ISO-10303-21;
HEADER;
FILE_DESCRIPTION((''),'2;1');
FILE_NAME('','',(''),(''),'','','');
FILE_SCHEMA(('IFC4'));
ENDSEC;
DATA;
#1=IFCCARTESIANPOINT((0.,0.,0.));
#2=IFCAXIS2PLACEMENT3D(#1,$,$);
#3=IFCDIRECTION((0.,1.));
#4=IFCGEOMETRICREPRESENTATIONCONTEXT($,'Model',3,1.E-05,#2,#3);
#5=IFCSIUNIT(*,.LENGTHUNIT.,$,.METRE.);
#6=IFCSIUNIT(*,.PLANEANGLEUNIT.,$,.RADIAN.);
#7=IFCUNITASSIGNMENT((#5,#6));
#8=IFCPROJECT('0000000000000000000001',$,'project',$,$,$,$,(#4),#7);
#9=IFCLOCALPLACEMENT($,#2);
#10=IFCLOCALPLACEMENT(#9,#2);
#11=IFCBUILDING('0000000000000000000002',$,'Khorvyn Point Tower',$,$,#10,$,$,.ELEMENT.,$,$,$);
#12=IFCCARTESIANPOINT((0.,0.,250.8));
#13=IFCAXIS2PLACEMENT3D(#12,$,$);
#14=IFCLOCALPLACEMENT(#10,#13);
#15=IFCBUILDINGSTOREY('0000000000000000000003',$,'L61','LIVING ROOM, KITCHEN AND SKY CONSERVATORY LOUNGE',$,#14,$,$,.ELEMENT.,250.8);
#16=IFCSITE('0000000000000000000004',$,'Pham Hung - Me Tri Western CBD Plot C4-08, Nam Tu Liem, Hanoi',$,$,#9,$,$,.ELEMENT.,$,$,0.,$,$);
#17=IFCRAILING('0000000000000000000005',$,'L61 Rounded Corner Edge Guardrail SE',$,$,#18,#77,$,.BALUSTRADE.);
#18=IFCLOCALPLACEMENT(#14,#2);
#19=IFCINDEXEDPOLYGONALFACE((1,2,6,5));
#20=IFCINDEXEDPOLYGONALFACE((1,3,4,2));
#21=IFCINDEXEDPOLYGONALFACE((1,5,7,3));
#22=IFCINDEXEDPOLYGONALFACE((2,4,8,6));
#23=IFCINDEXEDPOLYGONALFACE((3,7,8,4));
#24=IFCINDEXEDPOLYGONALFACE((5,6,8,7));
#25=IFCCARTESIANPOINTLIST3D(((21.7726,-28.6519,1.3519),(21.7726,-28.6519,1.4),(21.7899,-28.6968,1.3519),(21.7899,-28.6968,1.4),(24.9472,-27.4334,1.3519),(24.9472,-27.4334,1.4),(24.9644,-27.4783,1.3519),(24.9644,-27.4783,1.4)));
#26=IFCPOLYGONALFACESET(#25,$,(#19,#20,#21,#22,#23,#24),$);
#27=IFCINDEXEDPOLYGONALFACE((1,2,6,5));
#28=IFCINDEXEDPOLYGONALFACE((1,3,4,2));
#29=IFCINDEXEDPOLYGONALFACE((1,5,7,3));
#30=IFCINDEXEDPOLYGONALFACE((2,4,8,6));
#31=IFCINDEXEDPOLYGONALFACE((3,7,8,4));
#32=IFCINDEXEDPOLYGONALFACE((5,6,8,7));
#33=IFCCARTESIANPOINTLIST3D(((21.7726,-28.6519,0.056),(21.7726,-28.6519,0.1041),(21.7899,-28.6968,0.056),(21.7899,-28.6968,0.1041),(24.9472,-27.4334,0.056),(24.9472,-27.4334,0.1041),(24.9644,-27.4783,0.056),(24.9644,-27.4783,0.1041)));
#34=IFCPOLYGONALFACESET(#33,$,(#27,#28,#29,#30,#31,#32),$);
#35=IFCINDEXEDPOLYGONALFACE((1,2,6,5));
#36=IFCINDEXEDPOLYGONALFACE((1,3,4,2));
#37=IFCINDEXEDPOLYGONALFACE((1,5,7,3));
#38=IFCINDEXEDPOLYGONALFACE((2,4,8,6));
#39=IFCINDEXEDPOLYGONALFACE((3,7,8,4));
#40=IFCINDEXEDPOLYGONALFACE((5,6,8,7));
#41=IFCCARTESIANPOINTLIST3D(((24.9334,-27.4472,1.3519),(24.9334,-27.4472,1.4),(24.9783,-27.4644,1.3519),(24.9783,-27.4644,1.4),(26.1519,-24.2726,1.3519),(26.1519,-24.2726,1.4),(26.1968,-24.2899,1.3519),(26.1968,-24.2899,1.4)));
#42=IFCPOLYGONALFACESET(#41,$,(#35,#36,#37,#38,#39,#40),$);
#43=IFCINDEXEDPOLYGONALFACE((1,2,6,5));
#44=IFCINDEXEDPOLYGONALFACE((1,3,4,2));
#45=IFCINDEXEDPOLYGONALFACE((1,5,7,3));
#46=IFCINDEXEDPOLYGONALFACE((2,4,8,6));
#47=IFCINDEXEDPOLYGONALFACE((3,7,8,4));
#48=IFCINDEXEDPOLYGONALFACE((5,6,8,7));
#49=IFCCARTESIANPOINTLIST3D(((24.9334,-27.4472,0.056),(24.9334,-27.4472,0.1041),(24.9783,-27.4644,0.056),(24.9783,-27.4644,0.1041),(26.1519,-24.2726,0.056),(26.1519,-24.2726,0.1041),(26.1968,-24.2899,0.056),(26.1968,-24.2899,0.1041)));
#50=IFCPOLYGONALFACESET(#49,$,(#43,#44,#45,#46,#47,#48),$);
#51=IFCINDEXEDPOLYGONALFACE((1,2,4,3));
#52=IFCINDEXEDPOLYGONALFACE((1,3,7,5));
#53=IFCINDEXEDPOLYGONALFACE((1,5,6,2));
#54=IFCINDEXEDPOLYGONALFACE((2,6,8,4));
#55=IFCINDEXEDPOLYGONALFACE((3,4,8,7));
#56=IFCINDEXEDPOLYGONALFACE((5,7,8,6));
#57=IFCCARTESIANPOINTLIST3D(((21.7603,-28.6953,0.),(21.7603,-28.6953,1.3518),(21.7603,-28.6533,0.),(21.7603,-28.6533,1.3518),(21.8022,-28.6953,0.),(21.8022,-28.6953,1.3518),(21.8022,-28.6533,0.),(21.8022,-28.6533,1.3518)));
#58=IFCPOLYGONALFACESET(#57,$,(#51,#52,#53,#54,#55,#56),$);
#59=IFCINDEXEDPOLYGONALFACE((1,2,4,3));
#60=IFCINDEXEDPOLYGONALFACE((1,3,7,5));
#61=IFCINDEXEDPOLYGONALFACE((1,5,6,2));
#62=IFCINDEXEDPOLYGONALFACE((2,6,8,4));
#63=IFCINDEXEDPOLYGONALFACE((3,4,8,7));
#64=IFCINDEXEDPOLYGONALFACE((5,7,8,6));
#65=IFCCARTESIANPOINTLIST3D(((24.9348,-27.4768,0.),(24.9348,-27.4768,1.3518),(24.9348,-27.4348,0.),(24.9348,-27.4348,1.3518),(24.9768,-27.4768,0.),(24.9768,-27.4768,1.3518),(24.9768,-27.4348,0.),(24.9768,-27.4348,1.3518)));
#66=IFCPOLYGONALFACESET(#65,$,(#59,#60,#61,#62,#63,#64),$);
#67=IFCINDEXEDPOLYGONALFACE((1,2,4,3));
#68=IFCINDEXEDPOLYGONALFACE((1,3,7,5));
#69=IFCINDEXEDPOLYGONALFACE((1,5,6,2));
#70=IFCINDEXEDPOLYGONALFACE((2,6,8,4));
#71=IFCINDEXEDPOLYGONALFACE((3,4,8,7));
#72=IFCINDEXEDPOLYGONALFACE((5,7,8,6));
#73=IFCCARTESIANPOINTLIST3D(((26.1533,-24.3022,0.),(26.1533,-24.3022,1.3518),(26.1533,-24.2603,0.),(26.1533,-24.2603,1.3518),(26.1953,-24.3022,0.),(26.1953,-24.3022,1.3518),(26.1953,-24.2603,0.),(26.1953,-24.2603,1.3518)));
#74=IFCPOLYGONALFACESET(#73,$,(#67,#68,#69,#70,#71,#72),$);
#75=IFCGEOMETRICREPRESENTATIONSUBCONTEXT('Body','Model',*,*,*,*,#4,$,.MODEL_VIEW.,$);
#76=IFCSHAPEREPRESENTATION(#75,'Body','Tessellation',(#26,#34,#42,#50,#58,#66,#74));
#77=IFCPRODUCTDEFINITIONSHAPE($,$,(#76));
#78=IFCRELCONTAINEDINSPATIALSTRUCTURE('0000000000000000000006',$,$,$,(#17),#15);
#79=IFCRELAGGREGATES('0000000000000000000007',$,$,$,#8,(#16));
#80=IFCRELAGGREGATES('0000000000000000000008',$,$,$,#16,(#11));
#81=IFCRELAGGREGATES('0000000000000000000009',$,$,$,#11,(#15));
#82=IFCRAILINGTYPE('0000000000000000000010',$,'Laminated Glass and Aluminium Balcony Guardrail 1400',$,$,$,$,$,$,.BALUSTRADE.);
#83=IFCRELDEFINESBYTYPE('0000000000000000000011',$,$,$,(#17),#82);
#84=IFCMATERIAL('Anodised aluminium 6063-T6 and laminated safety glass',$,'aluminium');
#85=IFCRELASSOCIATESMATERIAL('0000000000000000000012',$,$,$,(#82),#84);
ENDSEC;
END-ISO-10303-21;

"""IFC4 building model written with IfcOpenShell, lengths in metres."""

from ifc_helpers import new_model, si_unit, direction, frame, origin, origin_2d, place, context, subcontext, project, spatial, rectangle, extrude, material, type_object, element, save


model = new_model("IFC4")

# Units and contexts
model_context = context("Model", 3, precision=1e-05, world=origin(), true_north=direction((0.0, 1.0)))
body_context = subcontext(model_context, "Body", "Model", "MODEL_VIEW")
ifc_project = project(units=[si_unit("LENGTHUNIT", "METRE"), si_unit("PLANEANGLEUNIT", "RADIAN")], contexts=[model_context])

# Site, building, storey
site_placement = place(None, origin())
site = spatial("IfcSite", under=ifc_project, at=site_placement, Name="Pham Hung - Me Tri Western CBD Plot C4-08, Nam Tu Liem, Hanoi", CompositionType="ELEMENT", RefElevation=0.0)
building_placement = place(site_placement, origin())
building = spatial("IfcBuilding", under=site, at=building_placement, Name="Khorvyn Point Tower", CompositionType="ELEMENT")
storey_placement = place(building_placement, frame((0.0, 0.0, 250.8)))
storey = spatial("IfcBuildingStorey", under=building, at=storey_placement, Name="L61", Description="LIVING ROOM, KITCHEN AND SKY CONSERVATORY LOUNGE", CompositionType="ELEMENT", Elevation=250.8)

# Railing
ifc_material_1 = material(Name="Anodised aluminium 6063-T6 and laminated safety glass", Category="aluminium")
railing_type = type_object("IfcRailingType", Name="Laminated Glass and Aluminium Balcony Guardrail 1400", PredefinedType="BALUSTRADE", material=ifc_material_1)
railing_1_placement = place(storey_placement, frame((21.7812, -28.6743, 0.0)))
element("IfcRailing", 1, at=railing_1_placement, inside=storey, type_object=railing_type, Name="L61 Rounded Corner Edge Guardrail SE", PredefinedType="BALUSTRADE", context=body_context, shape_type="SweptSolid", body=[
    extrude(rectangle(XDim=0.0481, YDim=0.0481, at=origin_2d()), frame((0.0, 0.0, 1.376), z_axis=(0.93359, 0.358344, 0.0), x_axis=(-0.358344, 0.93359, 0.0)), (0.0, 0.0, 1.0), 3.4004),
    extrude(rectangle(XDim=0.0481, YDim=0.0481, at=origin_2d()), frame((0.0, 0.0, 0.0801), z_axis=(0.93359, 0.358344, 0.0), x_axis=(-0.358344, 0.93359, 0.0)), (0.0, 0.0, 1.0), 3.4004),
    extrude(rectangle(XDim=0.0481, YDim=0.0481, at=origin_2d()), frame((3.1746, 1.2185, 1.376), z_axis=(0.358344, 0.93359, 0.0), x_axis=(-0.93359, 0.358344, 0.0)), (0.0, 0.0, 1.0), 3.4004),
    extrude(rectangle(XDim=0.0481, YDim=0.0481, at=origin_2d()), frame((3.1746, 1.2185, 0.0801), z_axis=(0.358344, 0.93359, 0.0), x_axis=(-0.93359, 0.358344, 0.0)), (0.0, 0.0, 1.0), 3.4004),
    extrude(rectangle(XDim=0.042, YDim=0.042, at=origin_2d()), origin(), (0.0, 0.0, 1.0), 1.3518),
    extrude(rectangle(XDim=0.042, YDim=0.042, at=origin_2d()), frame((3.1746, 1.2185, 0.0)), (0.0, 0.0, 1.0), 1.3518),
    extrude(rectangle(XDim=0.042, YDim=0.042, at=origin_2d()), frame((4.3931, 4.3931, 0.0)), (0.0, 0.0, 1.0), 1.3518),
])

save(model, "model.ifc")
